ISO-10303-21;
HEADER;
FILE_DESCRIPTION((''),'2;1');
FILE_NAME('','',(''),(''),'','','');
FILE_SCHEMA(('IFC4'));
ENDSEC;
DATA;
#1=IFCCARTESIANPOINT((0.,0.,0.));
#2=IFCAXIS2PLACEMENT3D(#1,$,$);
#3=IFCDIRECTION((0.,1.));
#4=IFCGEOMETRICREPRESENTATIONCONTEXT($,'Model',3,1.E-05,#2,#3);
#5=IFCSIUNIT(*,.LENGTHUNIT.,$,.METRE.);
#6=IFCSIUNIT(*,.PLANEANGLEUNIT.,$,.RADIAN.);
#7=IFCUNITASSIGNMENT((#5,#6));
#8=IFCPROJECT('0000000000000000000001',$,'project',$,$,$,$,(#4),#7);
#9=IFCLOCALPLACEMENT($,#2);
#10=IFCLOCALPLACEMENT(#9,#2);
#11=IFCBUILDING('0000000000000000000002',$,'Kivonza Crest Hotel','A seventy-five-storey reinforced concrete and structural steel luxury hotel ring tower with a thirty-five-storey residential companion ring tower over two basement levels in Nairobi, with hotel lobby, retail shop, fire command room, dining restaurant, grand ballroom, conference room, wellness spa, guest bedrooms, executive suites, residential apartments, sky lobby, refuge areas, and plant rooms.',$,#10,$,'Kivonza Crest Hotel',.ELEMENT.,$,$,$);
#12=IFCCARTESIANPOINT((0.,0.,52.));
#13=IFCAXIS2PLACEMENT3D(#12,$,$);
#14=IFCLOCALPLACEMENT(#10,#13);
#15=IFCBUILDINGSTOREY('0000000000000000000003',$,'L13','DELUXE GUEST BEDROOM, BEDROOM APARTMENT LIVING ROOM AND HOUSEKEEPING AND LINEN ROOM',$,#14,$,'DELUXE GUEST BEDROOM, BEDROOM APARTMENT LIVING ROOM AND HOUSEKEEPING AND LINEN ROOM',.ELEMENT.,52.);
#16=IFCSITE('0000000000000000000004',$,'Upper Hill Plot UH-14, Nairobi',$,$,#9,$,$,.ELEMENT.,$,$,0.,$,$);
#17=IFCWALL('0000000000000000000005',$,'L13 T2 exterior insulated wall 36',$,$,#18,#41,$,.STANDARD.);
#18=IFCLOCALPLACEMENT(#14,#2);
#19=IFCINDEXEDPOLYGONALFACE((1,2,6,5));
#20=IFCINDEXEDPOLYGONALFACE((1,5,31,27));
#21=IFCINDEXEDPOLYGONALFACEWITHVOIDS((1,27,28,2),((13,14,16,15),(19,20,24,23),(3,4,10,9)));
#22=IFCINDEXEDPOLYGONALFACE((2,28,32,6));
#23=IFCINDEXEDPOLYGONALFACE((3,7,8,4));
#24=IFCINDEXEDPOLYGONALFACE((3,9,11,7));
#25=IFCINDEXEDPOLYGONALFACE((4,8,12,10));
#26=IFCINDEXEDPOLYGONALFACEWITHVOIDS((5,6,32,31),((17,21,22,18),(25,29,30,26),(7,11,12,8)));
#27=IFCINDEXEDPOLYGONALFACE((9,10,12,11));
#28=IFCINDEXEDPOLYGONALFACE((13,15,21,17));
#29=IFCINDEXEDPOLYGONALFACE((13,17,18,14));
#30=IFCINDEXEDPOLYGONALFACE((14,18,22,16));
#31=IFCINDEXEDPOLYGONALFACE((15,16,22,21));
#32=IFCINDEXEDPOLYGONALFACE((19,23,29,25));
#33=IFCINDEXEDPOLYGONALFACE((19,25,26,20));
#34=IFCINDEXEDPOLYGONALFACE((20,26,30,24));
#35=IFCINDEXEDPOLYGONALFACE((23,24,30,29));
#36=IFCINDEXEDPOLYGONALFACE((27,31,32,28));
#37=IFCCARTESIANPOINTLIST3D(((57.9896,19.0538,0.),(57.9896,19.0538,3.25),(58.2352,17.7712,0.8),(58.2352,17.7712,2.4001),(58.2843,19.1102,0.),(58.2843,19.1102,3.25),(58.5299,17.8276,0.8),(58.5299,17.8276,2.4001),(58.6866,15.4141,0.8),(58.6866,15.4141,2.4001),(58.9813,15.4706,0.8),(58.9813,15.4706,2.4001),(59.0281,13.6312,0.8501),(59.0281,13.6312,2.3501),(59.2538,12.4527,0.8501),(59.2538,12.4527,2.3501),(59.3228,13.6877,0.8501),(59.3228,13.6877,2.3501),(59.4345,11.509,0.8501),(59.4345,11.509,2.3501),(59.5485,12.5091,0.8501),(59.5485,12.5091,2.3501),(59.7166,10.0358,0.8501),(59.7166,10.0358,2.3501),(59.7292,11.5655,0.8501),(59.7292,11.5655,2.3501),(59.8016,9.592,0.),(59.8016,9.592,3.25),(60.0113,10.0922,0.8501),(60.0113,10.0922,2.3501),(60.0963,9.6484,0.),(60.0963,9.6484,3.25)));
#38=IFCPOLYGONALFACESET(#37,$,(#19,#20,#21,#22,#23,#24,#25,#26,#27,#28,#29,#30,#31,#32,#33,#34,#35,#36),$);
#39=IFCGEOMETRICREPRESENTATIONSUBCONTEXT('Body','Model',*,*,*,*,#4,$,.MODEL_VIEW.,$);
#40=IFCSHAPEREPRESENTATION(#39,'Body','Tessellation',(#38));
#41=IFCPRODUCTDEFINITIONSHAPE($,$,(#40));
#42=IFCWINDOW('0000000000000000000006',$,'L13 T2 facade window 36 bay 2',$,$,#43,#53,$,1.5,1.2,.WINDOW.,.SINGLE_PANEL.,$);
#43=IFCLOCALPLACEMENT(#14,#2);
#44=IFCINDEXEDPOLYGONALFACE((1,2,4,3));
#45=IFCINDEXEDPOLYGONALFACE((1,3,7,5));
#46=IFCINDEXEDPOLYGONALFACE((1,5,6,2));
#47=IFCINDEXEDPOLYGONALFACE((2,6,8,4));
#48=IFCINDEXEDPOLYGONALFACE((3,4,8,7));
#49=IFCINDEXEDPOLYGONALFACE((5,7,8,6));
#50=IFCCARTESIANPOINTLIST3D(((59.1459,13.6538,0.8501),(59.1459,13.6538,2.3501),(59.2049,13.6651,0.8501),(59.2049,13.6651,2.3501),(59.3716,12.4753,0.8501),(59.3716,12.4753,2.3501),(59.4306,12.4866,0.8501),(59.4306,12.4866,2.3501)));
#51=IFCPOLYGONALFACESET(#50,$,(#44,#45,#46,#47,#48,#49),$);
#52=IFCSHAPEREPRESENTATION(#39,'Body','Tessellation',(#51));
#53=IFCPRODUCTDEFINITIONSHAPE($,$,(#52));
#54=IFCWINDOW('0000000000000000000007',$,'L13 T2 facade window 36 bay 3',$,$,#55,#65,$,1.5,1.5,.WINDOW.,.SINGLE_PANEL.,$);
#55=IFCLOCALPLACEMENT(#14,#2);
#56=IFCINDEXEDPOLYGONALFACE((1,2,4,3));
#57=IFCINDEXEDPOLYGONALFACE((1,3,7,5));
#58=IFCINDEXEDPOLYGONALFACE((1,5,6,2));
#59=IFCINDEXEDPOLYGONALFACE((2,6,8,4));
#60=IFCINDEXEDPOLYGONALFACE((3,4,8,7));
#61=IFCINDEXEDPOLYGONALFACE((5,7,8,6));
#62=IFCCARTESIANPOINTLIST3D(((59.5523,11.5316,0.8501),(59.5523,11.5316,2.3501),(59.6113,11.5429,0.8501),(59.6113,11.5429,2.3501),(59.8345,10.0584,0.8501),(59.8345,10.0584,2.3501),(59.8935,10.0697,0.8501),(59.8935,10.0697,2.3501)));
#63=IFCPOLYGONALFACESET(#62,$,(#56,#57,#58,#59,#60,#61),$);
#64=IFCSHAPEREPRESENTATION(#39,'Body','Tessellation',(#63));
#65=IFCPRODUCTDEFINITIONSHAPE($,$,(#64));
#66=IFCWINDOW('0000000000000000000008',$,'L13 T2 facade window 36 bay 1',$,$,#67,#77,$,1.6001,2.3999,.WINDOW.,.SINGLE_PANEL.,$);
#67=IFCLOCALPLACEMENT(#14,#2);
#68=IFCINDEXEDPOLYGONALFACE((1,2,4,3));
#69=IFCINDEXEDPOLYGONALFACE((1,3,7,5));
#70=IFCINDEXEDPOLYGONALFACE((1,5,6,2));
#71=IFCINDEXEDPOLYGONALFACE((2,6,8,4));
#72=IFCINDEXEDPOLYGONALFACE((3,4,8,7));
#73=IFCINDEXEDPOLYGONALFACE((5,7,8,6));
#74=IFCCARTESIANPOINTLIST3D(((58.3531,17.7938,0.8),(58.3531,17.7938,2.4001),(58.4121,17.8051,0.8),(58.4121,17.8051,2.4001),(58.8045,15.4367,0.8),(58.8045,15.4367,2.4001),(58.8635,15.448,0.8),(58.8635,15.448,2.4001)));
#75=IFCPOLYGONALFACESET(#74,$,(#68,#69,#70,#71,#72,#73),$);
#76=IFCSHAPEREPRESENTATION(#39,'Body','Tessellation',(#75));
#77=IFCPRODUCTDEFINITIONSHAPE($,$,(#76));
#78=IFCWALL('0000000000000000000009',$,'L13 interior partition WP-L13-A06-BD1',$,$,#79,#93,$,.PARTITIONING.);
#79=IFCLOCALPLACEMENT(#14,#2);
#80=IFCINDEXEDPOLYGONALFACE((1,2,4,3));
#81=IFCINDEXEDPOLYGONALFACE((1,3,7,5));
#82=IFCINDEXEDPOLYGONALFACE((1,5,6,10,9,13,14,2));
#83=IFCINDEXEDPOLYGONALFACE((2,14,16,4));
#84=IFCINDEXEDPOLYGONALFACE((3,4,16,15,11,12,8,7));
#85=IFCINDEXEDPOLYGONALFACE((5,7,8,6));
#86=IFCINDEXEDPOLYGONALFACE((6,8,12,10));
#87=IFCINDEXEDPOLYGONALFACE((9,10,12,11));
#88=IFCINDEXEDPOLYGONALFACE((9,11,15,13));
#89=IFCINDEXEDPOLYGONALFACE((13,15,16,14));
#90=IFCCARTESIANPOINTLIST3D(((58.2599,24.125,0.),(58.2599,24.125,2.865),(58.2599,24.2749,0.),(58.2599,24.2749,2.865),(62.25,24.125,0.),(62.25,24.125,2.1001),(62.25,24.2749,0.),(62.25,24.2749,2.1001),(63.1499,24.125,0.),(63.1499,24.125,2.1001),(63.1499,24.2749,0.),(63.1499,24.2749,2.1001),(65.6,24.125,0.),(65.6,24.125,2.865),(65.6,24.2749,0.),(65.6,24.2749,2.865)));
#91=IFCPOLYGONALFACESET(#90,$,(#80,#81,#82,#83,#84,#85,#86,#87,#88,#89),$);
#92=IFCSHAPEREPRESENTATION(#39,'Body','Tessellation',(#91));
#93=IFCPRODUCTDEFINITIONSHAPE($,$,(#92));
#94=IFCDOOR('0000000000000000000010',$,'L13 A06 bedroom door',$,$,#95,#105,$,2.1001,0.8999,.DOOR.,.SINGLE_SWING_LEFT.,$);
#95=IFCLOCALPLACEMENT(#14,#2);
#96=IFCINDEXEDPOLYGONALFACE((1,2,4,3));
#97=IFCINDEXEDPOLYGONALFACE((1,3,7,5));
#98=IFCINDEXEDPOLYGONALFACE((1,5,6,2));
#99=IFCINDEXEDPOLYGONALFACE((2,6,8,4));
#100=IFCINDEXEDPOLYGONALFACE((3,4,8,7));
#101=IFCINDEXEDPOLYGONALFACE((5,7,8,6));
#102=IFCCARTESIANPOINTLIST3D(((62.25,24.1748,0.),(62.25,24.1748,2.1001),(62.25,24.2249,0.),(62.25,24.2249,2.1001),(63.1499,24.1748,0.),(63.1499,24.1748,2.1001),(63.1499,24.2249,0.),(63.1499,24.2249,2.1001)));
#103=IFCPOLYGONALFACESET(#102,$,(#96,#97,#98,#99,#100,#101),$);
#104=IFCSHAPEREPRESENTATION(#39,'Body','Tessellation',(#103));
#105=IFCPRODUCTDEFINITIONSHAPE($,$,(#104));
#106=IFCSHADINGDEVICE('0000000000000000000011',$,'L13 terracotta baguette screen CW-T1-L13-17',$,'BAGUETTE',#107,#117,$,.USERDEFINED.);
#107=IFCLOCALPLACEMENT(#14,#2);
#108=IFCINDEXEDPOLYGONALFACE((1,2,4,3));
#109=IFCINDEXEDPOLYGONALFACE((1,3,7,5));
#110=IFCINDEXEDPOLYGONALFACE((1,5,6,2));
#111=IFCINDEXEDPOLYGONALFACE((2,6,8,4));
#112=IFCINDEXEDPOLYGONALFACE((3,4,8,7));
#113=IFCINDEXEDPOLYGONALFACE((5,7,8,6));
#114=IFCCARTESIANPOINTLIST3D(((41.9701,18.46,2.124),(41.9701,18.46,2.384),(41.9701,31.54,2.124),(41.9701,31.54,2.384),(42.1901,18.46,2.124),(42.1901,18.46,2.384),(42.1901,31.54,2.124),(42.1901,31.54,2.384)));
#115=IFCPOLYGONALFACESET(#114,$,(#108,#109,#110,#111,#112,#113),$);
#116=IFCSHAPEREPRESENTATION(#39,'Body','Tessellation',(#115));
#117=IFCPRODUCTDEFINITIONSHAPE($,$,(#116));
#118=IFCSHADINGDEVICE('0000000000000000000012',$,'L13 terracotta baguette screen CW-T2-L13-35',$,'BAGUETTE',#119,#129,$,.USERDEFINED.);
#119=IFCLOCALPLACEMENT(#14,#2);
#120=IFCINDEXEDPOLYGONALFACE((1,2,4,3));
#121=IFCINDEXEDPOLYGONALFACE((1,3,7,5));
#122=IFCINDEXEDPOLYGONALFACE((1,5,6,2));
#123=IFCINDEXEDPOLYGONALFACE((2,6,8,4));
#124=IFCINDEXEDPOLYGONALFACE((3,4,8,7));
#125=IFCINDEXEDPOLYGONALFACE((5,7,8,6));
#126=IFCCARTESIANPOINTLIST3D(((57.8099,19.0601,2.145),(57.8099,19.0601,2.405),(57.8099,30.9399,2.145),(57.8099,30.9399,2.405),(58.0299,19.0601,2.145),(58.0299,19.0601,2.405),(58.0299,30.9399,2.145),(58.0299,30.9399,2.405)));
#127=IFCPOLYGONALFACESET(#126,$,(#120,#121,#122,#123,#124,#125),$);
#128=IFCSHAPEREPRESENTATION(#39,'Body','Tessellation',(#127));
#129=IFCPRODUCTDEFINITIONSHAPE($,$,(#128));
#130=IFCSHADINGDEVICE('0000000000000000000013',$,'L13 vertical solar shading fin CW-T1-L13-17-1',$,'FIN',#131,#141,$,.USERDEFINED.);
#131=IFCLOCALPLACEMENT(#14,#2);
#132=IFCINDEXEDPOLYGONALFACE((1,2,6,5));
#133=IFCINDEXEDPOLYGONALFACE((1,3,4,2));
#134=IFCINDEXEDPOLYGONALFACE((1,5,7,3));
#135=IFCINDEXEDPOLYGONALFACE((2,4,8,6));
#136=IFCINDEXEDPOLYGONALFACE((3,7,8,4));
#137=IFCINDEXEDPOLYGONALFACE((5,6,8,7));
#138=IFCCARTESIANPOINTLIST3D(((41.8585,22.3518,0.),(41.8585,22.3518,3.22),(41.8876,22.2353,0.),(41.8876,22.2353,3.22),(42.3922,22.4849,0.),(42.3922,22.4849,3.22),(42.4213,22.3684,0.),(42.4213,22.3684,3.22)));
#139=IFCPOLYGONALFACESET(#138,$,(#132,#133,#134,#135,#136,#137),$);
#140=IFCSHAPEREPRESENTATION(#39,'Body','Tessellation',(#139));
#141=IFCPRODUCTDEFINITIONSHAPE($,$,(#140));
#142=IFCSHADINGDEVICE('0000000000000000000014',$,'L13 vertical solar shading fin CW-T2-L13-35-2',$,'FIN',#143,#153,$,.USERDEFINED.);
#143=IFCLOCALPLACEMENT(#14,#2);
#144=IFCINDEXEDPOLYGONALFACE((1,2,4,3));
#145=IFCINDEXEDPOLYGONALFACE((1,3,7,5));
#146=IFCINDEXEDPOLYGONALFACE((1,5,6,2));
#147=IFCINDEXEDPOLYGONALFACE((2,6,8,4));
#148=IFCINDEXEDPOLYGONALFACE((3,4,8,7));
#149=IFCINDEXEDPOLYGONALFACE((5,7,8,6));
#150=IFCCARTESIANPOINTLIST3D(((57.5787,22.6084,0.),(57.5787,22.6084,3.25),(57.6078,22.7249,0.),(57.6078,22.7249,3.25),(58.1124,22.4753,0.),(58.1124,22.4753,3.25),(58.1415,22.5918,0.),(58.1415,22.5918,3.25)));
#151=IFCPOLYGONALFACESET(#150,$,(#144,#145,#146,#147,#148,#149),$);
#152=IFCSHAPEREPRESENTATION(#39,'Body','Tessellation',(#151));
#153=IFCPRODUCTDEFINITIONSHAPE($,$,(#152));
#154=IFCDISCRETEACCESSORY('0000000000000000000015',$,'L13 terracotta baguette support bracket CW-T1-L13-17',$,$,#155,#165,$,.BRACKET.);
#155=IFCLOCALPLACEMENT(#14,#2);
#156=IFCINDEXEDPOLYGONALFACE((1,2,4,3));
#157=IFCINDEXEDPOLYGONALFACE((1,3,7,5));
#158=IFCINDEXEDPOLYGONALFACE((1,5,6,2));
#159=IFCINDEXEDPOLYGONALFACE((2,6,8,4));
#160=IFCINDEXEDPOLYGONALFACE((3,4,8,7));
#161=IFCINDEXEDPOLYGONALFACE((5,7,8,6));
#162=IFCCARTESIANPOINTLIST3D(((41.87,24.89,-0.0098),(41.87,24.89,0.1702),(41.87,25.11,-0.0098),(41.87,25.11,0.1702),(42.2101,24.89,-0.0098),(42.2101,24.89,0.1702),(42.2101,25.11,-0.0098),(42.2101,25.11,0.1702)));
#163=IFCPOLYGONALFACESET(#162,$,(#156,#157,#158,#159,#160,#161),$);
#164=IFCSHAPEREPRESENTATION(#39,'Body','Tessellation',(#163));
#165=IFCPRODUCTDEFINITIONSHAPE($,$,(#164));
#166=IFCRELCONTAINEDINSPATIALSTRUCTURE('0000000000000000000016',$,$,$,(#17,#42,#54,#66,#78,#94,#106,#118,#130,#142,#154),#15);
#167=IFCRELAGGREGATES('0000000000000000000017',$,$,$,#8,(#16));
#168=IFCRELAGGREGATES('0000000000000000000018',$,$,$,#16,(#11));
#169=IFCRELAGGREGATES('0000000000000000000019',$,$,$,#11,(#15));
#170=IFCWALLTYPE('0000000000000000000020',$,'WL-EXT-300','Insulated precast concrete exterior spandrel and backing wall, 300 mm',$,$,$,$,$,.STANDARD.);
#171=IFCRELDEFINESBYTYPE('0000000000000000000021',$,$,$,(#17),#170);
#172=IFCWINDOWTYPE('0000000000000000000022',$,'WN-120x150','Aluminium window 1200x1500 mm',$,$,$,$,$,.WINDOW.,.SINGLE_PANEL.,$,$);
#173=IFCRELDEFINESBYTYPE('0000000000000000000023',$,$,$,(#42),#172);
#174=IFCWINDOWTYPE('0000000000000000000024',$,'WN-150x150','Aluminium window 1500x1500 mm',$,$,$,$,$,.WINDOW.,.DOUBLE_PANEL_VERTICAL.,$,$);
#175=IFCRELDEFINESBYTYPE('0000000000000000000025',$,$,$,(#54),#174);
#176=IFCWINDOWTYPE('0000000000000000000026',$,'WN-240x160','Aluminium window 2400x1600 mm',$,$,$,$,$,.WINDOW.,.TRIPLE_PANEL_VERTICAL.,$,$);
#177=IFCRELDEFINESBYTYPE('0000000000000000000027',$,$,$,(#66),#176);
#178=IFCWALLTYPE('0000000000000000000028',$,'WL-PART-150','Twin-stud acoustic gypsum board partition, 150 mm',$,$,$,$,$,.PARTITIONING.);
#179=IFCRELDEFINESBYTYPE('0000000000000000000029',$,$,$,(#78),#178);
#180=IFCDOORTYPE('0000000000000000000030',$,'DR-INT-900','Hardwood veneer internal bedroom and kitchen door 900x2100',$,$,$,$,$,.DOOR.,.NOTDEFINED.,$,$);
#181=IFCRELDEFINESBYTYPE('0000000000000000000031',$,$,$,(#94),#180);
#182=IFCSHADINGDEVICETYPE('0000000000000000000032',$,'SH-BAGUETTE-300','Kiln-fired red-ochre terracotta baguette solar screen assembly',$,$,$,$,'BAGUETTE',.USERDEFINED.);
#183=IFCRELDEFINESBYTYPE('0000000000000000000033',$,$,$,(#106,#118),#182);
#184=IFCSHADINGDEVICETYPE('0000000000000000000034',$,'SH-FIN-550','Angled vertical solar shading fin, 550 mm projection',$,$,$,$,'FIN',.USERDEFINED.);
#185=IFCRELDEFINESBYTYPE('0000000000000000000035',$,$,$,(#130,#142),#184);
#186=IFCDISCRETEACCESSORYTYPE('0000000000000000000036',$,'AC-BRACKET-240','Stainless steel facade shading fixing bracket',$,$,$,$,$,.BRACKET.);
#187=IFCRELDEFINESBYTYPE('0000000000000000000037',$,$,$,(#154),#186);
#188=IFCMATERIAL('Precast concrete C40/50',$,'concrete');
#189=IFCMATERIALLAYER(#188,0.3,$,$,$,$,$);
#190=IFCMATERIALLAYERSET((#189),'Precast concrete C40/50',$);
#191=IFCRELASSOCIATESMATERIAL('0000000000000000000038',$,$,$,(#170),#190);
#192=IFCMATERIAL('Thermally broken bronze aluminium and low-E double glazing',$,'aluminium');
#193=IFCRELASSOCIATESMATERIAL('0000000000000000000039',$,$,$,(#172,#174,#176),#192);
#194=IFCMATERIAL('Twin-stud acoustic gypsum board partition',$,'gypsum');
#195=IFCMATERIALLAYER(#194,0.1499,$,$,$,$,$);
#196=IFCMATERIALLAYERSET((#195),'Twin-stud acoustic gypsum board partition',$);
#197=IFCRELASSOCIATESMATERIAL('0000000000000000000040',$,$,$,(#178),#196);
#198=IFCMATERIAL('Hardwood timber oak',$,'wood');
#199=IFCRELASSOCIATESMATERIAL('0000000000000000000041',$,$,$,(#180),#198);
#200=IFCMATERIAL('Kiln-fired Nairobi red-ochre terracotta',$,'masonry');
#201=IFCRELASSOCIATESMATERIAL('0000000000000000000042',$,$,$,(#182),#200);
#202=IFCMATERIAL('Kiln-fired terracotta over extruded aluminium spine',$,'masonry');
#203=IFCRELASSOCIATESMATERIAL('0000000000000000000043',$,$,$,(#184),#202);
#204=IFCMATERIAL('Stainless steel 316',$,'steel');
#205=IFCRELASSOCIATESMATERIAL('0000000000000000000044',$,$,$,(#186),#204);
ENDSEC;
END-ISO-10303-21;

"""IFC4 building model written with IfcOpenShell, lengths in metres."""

from ifc_helpers import new_model, si_unit, direction, frame, frame_2d, origin, origin_2d, place, context, subcontext, project, spatial, rectangle, extrude, material, layer, layer_set, type_object, element, fill, save


model = new_model("IFC4")

# Units and contexts
model_context = context("Model", 3, precision=1e-05, world=origin(), true_north=direction((0.0, 1.0)))
body_context = subcontext(model_context, "Body", "Model", "MODEL_VIEW")
ifc_project = project(units=[si_unit("LENGTHUNIT", "METRE"), si_unit("PLANEANGLEUNIT", "RADIAN")], contexts=[model_context])

# Site, building, storey
site_placement = place(None, origin())
site = spatial("IfcSite", under=ifc_project, at=site_placement, Name="Upper Hill Plot UH-14, Nairobi", CompositionType="ELEMENT", RefElevation=0.0)
building_placement = place(site_placement, origin())
building = spatial("IfcBuilding", under=site, at=building_placement, Name="Kivonza Crest Hotel", Description="A seventy-five-storey reinforced concrete and structural steel luxury hotel ring tower with a thirty-five-storey residential companion ring tower over two basement levels in Nairobi, with hotel lobby, retail shop, fire command room, dining restaurant, grand ballroom, conference room, wellness spa, guest bedrooms, executive suites, residential apartments, sky lobby, refuge areas, and plant rooms.", LongName="Kivonza Crest Hotel", CompositionType="ELEMENT")
storey_placement = place(building_placement, frame((0.0, 0.0, 52.0)))
storey = spatial("IfcBuildingStorey", under=building, at=storey_placement, Name="L13", Description="DELUXE GUEST BEDROOM, BEDROOM APARTMENT LIVING ROOM AND HOUSEKEEPING AND LINEN ROOM", LongName="DELUXE GUEST BEDROOM, BEDROOM APARTMENT LIVING ROOM AND HOUSEKEEPING AND LINEN ROOM", CompositionType="ELEMENT", Elevation=52.0)

# Wall, openings, windows
ifc_material_1 = material(Name="Precast concrete C40/50", Category="concrete")
ifc_layer_1 = layer(ifc_material_1, 0.3)
ifc_layer_set_1 = layer_set([ifc_layer_1], Name="Precast concrete C40/50")
wall_type_1 = type_object("IfcWallType", Name="WL-EXT-300", Description="Insulated precast concrete exterior spandrel and backing wall, 300 mm", PredefinedType="STANDARD", material=ifc_layer_set_1)
wall_1_placement = place(storey_placement, frame((58.137, 19.082, 0.0), z_axis=(0.0, 0.0, 1.0), x_axis=(0.188088, -0.982152, 0.0)))
wall_1 = element("IfcWall", 1, at=wall_1_placement, inside=storey, type_object=wall_type_1, Name="L13 T2 exterior insulated wall 36", PredefinedType="STANDARD", context=body_context, shape_type="SweptSolid", body=[
    extrude(rectangle(XDim=9.6338, YDim=0.3, at=frame_2d((4.8169, 0.0))), origin(), (0.0, 0.0, 1.0), 3.25),
])
opening_1_placement = place(wall_1_placement, frame((1.3059, 0.0, 0.8)))
opening_1 = element("IfcOpeningElement", 2, at=opening_1_placement, cuts=wall_1, PredefinedType="OPENING", context=body_context, shape_type="SweptSolid", body=[
    extrude(rectangle(XDim=2.3999, YDim=1.6001, at=frame_2d((1.2, 0.8))), frame((0.0, 0.1602, 0.0), z_axis=(0.0, -1.0, 0.0), x_axis=(1.0, 0.0, 0.0)), (0.0, 0.0, 1.0), 0.3201),
])
opening_2_placement = place(wall_1_placement, frame((5.521, 0.0, 0.8501)))
opening_2 = element("IfcOpeningElement", 3, at=opening_2_placement, cuts=wall_1, PredefinedType="OPENING", context=body_context, shape_type="SweptSolid", body=[
    extrude(rectangle(XDim=1.2, YDim=1.5, at=frame_2d((0.6001, 0.75))), frame((0.0, 0.1602, 0.0), z_axis=(0.0, -1.0, 0.0), x_axis=(1.0, 0.0, 0.0)), (0.0, 0.0, 1.0), 0.3201),
])
opening_3_placement = place(wall_1_placement, frame((7.6819, 0.0, 0.8501)))
opening_3 = element("IfcOpeningElement", 4, at=opening_3_placement, cuts=wall_1, PredefinedType="OPENING", context=body_context, shape_type="SweptSolid", body=[
    extrude(rectangle(XDim=1.5, YDim=1.5, at=frame_2d((0.75, 0.75))), frame((0.0, 0.1602, 0.0), z_axis=(0.0, -1.0, 0.0), x_axis=(1.0, 0.0, 0.0)), (0.0, 0.0, 1.0), 0.3201),
])
ifc_material_2 = material(Name="Thermally broken bronze aluminium and low-E double glazing", Category="aluminium")
window_type_1 = type_object("IfcWindowType", Name="WN-120x150", Description="Aluminium window 1200x1500 mm", PartitioningType="SINGLE_PANEL", PredefinedType="WINDOW", material=ifc_material_2)
window_1_placement = place(opening_2_placement, origin())
window_1 = element("IfcWindow", 5, at=window_1_placement, inside=storey, type_object=window_type_1, Name="L13 T2 facade window 36 bay 2", OverallHeight=1.5, OverallWidth=1.2, PartitioningType="SINGLE_PANEL", PredefinedType="WINDOW", context=body_context, shape_type="SweptSolid", body=[
    extrude(rectangle(XDim=1.2, YDim=1.5, at=frame_2d((0.6001, 0.75))), frame((0.0, 0.03, 0.0), z_axis=(0.0, -1.0, 0.0), x_axis=(1.0, 0.0, 0.0)), (0.0, 0.0, 1.0), 0.0601),
])
fill(opening_2, window_1)
window_type_2 = type_object("IfcWindowType", Name="WN-150x150", Description="Aluminium window 1500x1500 mm", PartitioningType="DOUBLE_PANEL_VERTICAL", PredefinedType="WINDOW", material=ifc_material_2)
window_2_placement = place(opening_3_placement, origin())
window_2 = element("IfcWindow", 6, at=window_2_placement, inside=storey, type_object=window_type_2, Name="L13 T2 facade window 36 bay 3", OverallHeight=1.5, OverallWidth=1.5, PartitioningType="SINGLE_PANEL", PredefinedType="WINDOW", context=body_context, shape_type="SweptSolid", body=[
    extrude(rectangle(XDim=1.5, YDim=1.5, at=frame_2d((0.75, 0.75))), frame((0.0, 0.03, 0.0), z_axis=(0.0, -1.0, 0.0), x_axis=(1.0, 0.0, 0.0)), (0.0, 0.0, 1.0), 0.0601),
])
fill(opening_3, window_2)
window_type_3 = type_object("IfcWindowType", Name="WN-240x160", Description="Aluminium window 2400x1600 mm", PartitioningType="TRIPLE_PANEL_VERTICAL", PredefinedType="WINDOW", material=ifc_material_2)
window_3_placement = place(opening_1_placement, origin())
window_3 = element("IfcWindow", 7, at=window_3_placement, inside=storey, type_object=window_type_3, Name="L13 T2 facade window 36 bay 1", OverallHeight=1.6001, OverallWidth=2.3999, PartitioningType="SINGLE_PANEL", PredefinedType="WINDOW", context=body_context, shape_type="SweptSolid", body=[
    extrude(rectangle(XDim=2.3999, YDim=1.6001, at=frame_2d((1.2, 0.8))), frame((0.0, 0.03, 0.0), z_axis=(0.0, -1.0, 0.0), x_axis=(1.0, 0.0, 0.0)), (0.0, 0.0, 1.0), 0.0601),
])
fill(opening_1, window_3)

# Wall, opening, door
ifc_material_3 = material(Name="Twin-stud acoustic gypsum board partition", Category="gypsum")
ifc_layer_2 = layer(ifc_material_3, 0.1499)
ifc_layer_set_2 = layer_set([ifc_layer_2], Name="Twin-stud acoustic gypsum board partition")
wall_type_2 = type_object("IfcWallType", Name="WL-PART-150", Description="Twin-stud acoustic gypsum board partition, 150 mm", PredefinedType="PARTITIONING", material=ifc_layer_set_2)
wall_2_placement = place(storey_placement, frame((58.26, 24.2, 0.0), z_axis=(0.0, 0.0, 1.0), x_axis=(1.0, 0.0, 0.0)))
wall_2 = element("IfcWall", 8, at=wall_2_placement, inside=storey, type_object=wall_type_2, Name="L13 interior partition WP-L13-A06-BD1", PredefinedType="PARTITIONING", context=body_context, shape_type="SweptSolid", body=[
    extrude(rectangle(XDim=7.3401, YDim=0.1499, at=frame_2d((3.6699, 0.0))), origin(), (0.0, 0.0, 1.0), 2.865),
])
opening_4_placement = place(wall_2_placement, frame((3.99, 0.0, 0.0)))
opening_4 = element("IfcOpeningElement", 9, at=opening_4_placement, cuts=wall_2, PredefinedType="OPENING", context=body_context, shape_type="SweptSolid", body=[
    extrude(rectangle(XDim=0.8999, YDim=2.1001, at=frame_2d((0.45, 1.05))), frame((0.0, 0.085, 0.0), z_axis=(0.0, -1.0, 0.0), x_axis=(1.0, 0.0, 0.0)), (0.0, 0.0, 1.0), 0.1699),
])
ifc_material_4 = material(Name="Hardwood timber oak", Category="wood")
door_type = type_object("IfcDoorType", Name="DR-INT-900", Description="Hardwood veneer internal bedroom and kitchen door 900x2100", OperationType="NOTDEFINED", PredefinedType="DOOR", material=ifc_material_4)
door_placement = place(opening_4_placement, origin())
door = element("IfcDoor", 10, at=door_placement, inside=storey, type_object=door_type, Name="L13 A06 bedroom door", OperationType="SINGLE_SWING_LEFT", OverallHeight=2.1001, OverallWidth=0.8999, PredefinedType="DOOR", context=body_context, shape_type="SweptSolid", body=[
    extrude(rectangle(XDim=0.8999, YDim=2.1001, at=frame_2d((0.45, 1.05))), frame((0.0, 0.0249, 0.0), z_axis=(0.0, -1.0, 0.0), x_axis=(1.0, 0.0, 0.0)), (0.0, 0.0, 1.0), 0.05),
])
fill(opening_4, door)

# Shading devices
ifc_material_5 = material(Name="Kiln-fired Nairobi red-ochre terracotta", Category="masonry")
shading_device_type_1 = type_object("IfcShadingDeviceType", Name="SH-BAGUETTE-300", Description="Kiln-fired red-ochre terracotta baguette solar screen assembly", ElementType="BAGUETTE", PredefinedType="USERDEFINED", material=ifc_material_5)
shading_device_1_placement = place(storey_placement, frame((42.0801, 25.0, 2.124), z_axis=(0.0, 0.0, 1.0), x_axis=(0.0, 1.0, 0.0)))
element("IfcShadingDevice", 11, at=shading_device_1_placement, inside=storey, type_object=shading_device_type_1, Name="L13 terracotta baguette screen CW-T1-L13-17", ObjectType="BAGUETTE", PredefinedType="USERDEFINED", context=body_context, shape_type="SweptSolid", body=[
    extrude(rectangle(XDim=13.0801, YDim=0.22, at=origin_2d()), origin(), (0.0, 0.0, 1.0), 0.26),
])
shading_device_2_placement = place(storey_placement, frame((57.9199, 25.0, 2.145), z_axis=(0.0, 0.0, 1.0), x_axis=(0.0, -1.0, 0.0)))
element("IfcShadingDevice", 12, at=shading_device_2_placement, inside=storey, type_object=shading_device_type_1, Name="L13 terracotta baguette screen CW-T2-L13-35", ObjectType="BAGUETTE", PredefinedType="USERDEFINED", context=body_context, shape_type="SweptSolid", body=[
    extrude(rectangle(XDim=11.8799, YDim=0.22, at=origin_2d()), origin(), (0.0, 0.0, 1.0), 0.26),
])
ifc_material_6 = material(Name="Kiln-fired terracotta over extruded aluminium spine", Category="masonry")
shading_device_type_2 = type_object("IfcShadingDeviceType", Name="SH-FIN-550", Description="Angled vertical solar shading fin, 550 mm projection", ElementType="FIN", PredefinedType="USERDEFINED", material=ifc_material_6)
shading_device_3_placement = place(storey_placement, frame((42.1399, 22.3601, 0.0), z_axis=(0.0, 0.0, 1.0), x_axis=(-0.241922, 0.970296, 0.0)))
element("IfcShadingDevice", 13, at=shading_device_3_placement, inside=storey, type_object=shading_device_type_2, Name="L13 vertical solar shading fin CW-T1-L13-17-1", ObjectType="FIN", PredefinedType="USERDEFINED", context=body_context, shape_type="SweptSolid", body=[
    extrude(rectangle(XDim=0.1201, YDim=0.55, at=origin_2d()), origin(), (0.0, 0.0, 1.0), 3.22),
])
shading_device_4_placement = place(storey_placement, frame((57.8601, 22.6001, 0.0), z_axis=(0.0, 0.0, 1.0), x_axis=(-0.241922, -0.970296, 0.0)))
element("IfcShadingDevice", 14, at=shading_device_4_placement, inside=storey, type_object=shading_device_type_2, Name="L13 vertical solar shading fin CW-T2-L13-35-2", ObjectType="FIN", PredefinedType="USERDEFINED", context=body_context, shape_type="SweptSolid", body=[
    extrude(rectangle(XDim=0.1201, YDim=0.55, at=origin_2d()), origin(), (0.0, 0.0, 1.0), 3.25),
])

# Discrete accessory
ifc_material_7 = material(Name="Stainless steel 316", Category="steel")
discrete_accessory_type = type_object("IfcDiscreteAccessoryType", Name="AC-BRACKET-240", Description="Stainless steel facade shading fixing bracket", PredefinedType="BRACKET", material=ifc_material_7)
for number, where, z_axis, x_axis, name in (
    (15, (42.04, 25.0, -0.0098), (0.0, 0.0, 1.0), (0.0, 1.0, 0.0), "L13 terracotta baguette support bracket CW-T1-L13-17"),
):
    element("IfcDiscreteAccessory", number, at=place(storey_placement, frame(where, z_axis=z_axis, x_axis=x_axis)), inside=storey, type_object=discrete_accessory_type, Name=name, PredefinedType="BRACKET", context=body_context, shape_type="SweptSolid", body=[
        extrude(rectangle(XDim=0.22, YDim=0.3401, at=origin_2d()), origin(), (0.0, 0.0, 1.0), 0.1799),
    ])

save(model, "model.ifc")
